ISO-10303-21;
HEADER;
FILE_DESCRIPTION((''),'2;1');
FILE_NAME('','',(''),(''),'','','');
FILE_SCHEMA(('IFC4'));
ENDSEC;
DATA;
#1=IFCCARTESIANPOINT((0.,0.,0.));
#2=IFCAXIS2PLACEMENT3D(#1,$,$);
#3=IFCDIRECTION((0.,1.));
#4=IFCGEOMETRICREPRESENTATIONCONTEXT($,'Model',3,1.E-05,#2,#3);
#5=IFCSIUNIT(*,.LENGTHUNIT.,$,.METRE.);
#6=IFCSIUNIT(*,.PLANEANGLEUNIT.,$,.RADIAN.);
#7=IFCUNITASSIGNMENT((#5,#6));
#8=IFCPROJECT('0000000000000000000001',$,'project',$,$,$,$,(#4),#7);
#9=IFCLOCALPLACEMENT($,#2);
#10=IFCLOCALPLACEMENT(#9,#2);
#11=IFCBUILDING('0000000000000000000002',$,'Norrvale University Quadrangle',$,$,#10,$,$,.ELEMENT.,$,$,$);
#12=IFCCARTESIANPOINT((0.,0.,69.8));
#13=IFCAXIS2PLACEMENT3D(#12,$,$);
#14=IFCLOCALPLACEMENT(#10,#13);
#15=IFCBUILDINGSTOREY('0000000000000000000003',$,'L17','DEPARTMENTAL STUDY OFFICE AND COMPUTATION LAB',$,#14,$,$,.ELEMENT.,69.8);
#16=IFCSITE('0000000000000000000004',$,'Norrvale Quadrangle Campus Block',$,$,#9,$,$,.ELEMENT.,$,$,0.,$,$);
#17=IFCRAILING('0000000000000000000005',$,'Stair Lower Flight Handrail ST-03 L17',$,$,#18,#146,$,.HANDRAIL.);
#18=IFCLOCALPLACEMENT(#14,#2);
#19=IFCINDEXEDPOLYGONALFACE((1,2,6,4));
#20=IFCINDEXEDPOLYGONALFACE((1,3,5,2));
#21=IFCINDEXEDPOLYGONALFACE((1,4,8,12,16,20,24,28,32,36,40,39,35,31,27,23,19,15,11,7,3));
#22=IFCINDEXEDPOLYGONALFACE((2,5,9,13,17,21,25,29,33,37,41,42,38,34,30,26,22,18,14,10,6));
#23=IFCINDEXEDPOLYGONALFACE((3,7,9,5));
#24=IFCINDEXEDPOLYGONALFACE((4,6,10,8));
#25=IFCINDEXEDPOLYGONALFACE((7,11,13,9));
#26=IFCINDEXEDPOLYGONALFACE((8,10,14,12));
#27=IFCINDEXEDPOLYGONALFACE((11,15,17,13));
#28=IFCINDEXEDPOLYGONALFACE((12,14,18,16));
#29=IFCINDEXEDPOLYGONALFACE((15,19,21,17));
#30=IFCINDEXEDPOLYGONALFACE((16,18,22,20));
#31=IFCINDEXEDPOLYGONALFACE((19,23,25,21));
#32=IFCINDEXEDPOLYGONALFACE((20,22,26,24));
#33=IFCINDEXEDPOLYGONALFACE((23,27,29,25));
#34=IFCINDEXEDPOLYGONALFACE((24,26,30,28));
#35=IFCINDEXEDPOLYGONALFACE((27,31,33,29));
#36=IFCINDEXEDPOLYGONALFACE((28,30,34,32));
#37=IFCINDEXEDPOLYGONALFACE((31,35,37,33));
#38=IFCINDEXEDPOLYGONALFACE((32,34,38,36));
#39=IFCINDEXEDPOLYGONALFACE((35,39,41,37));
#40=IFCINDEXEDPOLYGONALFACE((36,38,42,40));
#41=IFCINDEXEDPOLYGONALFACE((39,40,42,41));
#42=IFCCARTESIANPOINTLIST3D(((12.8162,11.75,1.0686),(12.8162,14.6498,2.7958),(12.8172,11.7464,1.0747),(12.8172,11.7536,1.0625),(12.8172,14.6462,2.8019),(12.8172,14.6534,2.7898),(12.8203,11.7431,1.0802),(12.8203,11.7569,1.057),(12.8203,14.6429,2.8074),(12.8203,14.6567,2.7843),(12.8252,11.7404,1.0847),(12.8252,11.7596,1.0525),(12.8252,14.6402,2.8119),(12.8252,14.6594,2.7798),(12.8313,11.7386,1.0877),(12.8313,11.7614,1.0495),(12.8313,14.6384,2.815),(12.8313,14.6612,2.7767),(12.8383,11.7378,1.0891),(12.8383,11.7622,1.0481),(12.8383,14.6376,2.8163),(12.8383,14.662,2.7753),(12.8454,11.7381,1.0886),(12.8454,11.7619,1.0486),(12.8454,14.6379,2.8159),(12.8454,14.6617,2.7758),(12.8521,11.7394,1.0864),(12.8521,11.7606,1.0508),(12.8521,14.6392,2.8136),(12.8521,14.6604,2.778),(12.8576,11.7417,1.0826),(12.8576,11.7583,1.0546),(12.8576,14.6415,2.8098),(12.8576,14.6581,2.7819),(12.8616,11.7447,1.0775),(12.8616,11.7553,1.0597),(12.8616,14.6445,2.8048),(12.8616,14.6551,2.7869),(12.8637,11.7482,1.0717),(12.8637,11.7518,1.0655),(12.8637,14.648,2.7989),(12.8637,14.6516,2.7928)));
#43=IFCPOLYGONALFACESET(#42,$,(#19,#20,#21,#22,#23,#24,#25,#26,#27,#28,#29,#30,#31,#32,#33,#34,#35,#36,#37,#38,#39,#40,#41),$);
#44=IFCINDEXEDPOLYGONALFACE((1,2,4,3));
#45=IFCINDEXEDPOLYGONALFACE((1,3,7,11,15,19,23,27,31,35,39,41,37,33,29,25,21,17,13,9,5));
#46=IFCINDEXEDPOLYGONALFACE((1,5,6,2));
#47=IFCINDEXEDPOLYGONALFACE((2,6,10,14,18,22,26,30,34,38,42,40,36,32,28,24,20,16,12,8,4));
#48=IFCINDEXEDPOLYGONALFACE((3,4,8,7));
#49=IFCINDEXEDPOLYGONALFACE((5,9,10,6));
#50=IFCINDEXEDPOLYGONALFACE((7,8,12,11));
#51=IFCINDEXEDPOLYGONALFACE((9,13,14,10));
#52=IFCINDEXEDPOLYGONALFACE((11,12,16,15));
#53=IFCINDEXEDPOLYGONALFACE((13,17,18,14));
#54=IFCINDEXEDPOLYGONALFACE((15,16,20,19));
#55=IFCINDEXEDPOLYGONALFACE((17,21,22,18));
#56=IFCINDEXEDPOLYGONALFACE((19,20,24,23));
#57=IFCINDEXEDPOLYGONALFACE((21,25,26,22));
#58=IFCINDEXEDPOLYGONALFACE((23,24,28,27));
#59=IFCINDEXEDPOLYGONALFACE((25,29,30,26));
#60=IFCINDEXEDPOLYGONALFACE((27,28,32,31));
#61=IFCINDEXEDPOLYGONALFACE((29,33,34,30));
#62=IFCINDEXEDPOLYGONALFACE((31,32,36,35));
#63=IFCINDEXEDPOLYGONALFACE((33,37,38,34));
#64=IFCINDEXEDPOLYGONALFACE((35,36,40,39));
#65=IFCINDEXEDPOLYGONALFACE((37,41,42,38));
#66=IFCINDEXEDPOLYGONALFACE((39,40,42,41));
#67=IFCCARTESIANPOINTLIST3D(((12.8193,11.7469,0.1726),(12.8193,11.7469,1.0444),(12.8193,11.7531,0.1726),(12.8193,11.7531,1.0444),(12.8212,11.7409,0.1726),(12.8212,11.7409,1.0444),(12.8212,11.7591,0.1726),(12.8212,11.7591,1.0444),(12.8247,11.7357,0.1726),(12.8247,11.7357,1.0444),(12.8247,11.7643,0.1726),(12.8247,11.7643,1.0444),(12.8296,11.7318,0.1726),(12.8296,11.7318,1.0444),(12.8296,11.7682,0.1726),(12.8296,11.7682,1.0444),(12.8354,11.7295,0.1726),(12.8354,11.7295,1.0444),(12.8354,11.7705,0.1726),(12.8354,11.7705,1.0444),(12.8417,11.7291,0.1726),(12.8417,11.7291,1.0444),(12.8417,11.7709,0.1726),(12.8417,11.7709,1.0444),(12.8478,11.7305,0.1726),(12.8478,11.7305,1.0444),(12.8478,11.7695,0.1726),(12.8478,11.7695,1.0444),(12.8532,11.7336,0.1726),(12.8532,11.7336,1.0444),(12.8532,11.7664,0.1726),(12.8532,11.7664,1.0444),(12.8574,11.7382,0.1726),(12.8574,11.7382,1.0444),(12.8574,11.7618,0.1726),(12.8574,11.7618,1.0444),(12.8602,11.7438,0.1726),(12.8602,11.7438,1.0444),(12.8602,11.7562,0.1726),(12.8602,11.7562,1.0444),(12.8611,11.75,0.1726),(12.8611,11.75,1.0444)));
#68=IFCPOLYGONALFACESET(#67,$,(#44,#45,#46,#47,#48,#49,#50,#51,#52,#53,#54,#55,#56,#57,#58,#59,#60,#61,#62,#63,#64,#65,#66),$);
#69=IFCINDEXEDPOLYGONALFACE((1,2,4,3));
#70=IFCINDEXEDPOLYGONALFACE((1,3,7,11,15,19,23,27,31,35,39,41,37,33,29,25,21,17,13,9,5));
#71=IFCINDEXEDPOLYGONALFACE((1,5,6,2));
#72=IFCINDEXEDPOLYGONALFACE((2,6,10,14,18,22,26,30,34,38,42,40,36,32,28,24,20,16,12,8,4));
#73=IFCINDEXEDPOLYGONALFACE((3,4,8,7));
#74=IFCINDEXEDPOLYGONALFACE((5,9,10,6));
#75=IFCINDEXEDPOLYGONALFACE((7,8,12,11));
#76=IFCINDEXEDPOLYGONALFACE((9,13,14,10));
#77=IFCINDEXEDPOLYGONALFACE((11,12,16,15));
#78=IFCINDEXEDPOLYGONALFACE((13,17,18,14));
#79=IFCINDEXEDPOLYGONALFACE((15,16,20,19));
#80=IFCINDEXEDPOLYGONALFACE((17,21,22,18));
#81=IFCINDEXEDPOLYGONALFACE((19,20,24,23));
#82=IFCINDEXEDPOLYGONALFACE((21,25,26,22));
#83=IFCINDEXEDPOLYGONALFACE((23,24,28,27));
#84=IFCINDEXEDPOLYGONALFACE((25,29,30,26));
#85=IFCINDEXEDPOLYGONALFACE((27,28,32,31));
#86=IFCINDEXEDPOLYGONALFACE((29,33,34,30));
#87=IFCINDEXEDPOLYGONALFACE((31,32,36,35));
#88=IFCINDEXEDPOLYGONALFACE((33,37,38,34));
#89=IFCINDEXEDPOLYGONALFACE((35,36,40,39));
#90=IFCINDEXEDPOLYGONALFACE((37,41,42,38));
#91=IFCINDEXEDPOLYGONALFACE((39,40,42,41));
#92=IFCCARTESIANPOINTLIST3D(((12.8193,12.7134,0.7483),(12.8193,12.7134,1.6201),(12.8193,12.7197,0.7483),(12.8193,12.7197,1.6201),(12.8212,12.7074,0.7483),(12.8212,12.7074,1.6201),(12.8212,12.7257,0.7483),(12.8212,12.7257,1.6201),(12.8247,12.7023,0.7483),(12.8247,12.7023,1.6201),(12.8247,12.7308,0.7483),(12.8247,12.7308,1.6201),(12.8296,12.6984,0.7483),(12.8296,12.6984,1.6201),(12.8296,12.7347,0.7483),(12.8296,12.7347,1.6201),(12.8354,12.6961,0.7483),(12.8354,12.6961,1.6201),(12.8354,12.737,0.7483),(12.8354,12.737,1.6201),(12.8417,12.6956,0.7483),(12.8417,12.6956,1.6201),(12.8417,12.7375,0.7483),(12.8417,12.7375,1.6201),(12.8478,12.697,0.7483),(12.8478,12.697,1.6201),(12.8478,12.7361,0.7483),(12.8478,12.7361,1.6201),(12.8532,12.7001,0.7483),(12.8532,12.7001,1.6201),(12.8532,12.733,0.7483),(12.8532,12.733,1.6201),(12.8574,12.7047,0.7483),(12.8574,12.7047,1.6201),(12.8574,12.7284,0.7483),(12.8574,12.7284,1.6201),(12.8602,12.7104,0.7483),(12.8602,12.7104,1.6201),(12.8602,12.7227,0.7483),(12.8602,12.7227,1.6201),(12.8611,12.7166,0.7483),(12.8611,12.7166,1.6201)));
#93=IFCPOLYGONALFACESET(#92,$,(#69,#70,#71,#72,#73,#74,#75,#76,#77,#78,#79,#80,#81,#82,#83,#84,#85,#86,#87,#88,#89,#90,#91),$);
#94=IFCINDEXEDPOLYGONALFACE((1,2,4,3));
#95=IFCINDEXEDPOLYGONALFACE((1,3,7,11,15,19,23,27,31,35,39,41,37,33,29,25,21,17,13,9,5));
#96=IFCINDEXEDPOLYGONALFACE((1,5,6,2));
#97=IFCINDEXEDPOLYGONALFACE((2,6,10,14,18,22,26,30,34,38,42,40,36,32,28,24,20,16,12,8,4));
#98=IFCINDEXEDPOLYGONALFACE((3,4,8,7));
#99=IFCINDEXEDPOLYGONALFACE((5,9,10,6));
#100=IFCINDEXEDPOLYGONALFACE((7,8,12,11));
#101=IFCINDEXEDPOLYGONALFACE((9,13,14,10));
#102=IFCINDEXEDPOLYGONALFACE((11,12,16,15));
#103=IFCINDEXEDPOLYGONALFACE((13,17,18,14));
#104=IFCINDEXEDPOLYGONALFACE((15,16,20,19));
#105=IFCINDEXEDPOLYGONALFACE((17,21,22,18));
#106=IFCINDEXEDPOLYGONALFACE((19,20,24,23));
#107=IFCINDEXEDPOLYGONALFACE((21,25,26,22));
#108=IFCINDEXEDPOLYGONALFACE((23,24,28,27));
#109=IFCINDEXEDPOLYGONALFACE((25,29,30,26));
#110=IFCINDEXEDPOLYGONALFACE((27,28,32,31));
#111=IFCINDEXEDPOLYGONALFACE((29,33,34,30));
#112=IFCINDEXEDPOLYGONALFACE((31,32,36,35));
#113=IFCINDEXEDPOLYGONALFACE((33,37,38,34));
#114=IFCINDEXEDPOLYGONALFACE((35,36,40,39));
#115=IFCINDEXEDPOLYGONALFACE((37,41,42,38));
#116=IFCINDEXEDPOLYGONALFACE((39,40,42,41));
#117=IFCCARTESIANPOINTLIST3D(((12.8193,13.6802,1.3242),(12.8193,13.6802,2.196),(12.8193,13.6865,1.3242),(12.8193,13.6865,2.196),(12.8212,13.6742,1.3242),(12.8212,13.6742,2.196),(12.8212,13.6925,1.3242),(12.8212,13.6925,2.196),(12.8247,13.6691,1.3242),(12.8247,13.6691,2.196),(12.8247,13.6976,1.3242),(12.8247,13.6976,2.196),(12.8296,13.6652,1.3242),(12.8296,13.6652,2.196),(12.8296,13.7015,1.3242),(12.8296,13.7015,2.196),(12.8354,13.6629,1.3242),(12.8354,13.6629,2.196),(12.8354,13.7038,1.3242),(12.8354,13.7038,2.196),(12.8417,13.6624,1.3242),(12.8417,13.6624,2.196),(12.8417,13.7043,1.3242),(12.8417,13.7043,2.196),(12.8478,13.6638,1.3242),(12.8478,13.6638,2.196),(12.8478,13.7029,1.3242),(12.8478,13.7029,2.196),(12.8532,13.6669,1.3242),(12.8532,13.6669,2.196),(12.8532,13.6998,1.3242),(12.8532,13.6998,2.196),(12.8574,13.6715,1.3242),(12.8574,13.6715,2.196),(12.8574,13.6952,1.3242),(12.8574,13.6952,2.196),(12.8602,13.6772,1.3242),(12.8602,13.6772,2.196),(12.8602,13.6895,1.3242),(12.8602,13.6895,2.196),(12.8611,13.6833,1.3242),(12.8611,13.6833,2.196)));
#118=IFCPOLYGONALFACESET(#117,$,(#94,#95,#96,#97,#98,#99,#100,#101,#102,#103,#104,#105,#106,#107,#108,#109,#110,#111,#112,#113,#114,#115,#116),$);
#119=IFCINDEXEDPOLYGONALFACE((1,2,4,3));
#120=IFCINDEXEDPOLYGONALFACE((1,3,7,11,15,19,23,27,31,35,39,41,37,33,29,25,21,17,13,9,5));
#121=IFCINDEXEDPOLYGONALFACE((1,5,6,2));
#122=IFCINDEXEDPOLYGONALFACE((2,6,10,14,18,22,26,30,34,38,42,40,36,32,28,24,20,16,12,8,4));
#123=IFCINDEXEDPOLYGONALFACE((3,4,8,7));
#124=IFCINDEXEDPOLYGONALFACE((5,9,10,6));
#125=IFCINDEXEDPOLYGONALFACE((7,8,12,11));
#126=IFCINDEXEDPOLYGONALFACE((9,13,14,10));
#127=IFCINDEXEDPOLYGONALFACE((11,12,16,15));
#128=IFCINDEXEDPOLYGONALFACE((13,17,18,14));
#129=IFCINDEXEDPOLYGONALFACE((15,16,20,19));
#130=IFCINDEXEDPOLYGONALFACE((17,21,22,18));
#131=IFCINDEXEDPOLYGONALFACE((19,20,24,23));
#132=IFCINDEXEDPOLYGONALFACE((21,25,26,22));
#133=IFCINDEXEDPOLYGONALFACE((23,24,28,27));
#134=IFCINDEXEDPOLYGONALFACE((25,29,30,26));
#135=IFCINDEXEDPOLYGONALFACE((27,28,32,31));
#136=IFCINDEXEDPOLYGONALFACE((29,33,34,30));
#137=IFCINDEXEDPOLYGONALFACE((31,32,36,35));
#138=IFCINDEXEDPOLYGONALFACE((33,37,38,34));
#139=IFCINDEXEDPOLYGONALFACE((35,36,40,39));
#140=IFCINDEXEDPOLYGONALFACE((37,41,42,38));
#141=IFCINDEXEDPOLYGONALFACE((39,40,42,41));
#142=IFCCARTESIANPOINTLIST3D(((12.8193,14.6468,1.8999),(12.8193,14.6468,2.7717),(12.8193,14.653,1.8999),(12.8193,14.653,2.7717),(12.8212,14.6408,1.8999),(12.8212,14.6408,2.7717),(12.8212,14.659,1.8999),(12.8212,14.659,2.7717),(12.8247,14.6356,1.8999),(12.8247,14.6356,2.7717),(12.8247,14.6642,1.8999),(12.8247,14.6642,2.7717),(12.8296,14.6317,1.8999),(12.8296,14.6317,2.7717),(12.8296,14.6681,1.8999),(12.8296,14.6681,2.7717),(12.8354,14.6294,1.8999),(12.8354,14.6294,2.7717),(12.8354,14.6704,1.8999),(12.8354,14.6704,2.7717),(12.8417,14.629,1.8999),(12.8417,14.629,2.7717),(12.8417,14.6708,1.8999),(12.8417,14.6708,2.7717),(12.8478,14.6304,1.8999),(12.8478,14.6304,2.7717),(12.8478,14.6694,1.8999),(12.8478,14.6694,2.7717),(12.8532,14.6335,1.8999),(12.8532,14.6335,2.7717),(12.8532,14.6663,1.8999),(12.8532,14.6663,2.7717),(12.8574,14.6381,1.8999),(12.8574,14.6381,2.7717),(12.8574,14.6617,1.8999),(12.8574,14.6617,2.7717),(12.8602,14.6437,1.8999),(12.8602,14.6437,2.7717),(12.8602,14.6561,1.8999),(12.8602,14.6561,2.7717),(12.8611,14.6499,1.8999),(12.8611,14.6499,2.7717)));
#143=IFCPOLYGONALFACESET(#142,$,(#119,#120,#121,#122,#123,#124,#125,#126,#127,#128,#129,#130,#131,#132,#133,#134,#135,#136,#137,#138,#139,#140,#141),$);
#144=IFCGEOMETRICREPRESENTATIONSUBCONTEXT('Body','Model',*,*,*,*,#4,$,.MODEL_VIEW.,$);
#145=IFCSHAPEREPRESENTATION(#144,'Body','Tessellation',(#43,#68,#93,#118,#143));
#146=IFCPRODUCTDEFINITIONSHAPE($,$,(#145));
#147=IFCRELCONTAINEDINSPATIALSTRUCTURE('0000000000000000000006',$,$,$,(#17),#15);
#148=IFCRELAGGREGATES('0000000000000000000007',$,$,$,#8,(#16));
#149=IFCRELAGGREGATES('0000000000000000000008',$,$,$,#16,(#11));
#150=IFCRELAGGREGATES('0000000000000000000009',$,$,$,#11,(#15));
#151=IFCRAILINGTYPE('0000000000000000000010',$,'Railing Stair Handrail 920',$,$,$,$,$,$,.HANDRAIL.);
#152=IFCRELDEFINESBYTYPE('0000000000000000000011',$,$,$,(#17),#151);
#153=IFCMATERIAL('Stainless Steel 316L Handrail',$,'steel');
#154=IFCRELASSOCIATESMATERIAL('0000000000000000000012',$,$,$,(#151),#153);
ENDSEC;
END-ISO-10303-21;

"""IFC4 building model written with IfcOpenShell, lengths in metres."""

from ifc_helpers import new_model, si_unit, direction, frame, origin, origin_2d, place, context, subcontext, project, spatial, circle, extrude, material, type_object, element, save


model = new_model("IFC4")

# Units and contexts
model_context = context("Model", 3, precision=1e-05, world=origin(), true_north=direction((0.0, 1.0)))
body_context = subcontext(model_context, "Body", "Model", "MODEL_VIEW")
ifc_project = project(units=[si_unit("LENGTHUNIT", "METRE"), si_unit("PLANEANGLEUNIT", "RADIAN")], contexts=[model_context])

# Site, building, storey
site_placement = place(None, origin())
site = spatial("IfcSite", under=ifc_project, at=site_placement, Name="Norrvale Quadrangle Campus Block", CompositionType="ELEMENT", RefElevation=0.0)
building_placement = place(site_placement, origin())
building = spatial("IfcBuilding", under=site, at=building_placement, Name="Norrvale University Quadrangle", CompositionType="ELEMENT")
storey_placement = place(building_placement, frame((0.0, 0.0, 69.8)))
storey = spatial("IfcBuildingStorey", under=building, at=storey_placement, Name="L17", Description="DEPARTMENTAL STUDY OFFICE AND COMPUTATION LAB", CompositionType="ELEMENT", Elevation=69.8)

# Railing
ifc_material_1 = material(Name="Stainless Steel 316L Handrail", Category="steel")
railing_type_1 = type_object("IfcRailingType", Name="Railing Stair Handrail 920", PredefinedType="HANDRAIL", material=ifc_material_1)
railing_1_placement = place(storey_placement, frame((12.8401, 11.75, 0.1726)))
element("IfcRailing", 1, at=railing_1_placement, inside=storey, type_object=railing_type_1, Name="Stair Lower Flight Handrail ST-03 L17", PredefinedType="HANDRAIL", context=body_context, shape_type="SweptSolid", body=[
    extrude(circle(Radius=0.0239, at=origin_2d()), frame((0.0, 0.0, 0.896), z_axis=(0.0, 0.859141, 0.511738), x_axis=(-1.0, 0.0, 0.0)), (0.0, 0.0, 1.0), 3.3752),
    extrude(circle(Radius=0.021, at=origin_2d()), origin(), (0.0, 0.0, 1.0), 0.8718),
    extrude(circle(Radius=0.021, at=origin_2d()), frame((0.0, 0.9666, 0.5757)), (0.0, 0.0, 1.0), 0.8718),
    extrude(circle(Radius=0.021, at=origin_2d()), frame((0.0, 1.9333, 1.1516)), (0.0, 0.0, 1.0), 0.8718),
    extrude(circle(Radius=0.021, at=origin_2d()), frame((0.0, 2.8999, 1.7273)), (0.0, 0.0, 1.0), 0.8718),
])

save(model, "model.ifc")
